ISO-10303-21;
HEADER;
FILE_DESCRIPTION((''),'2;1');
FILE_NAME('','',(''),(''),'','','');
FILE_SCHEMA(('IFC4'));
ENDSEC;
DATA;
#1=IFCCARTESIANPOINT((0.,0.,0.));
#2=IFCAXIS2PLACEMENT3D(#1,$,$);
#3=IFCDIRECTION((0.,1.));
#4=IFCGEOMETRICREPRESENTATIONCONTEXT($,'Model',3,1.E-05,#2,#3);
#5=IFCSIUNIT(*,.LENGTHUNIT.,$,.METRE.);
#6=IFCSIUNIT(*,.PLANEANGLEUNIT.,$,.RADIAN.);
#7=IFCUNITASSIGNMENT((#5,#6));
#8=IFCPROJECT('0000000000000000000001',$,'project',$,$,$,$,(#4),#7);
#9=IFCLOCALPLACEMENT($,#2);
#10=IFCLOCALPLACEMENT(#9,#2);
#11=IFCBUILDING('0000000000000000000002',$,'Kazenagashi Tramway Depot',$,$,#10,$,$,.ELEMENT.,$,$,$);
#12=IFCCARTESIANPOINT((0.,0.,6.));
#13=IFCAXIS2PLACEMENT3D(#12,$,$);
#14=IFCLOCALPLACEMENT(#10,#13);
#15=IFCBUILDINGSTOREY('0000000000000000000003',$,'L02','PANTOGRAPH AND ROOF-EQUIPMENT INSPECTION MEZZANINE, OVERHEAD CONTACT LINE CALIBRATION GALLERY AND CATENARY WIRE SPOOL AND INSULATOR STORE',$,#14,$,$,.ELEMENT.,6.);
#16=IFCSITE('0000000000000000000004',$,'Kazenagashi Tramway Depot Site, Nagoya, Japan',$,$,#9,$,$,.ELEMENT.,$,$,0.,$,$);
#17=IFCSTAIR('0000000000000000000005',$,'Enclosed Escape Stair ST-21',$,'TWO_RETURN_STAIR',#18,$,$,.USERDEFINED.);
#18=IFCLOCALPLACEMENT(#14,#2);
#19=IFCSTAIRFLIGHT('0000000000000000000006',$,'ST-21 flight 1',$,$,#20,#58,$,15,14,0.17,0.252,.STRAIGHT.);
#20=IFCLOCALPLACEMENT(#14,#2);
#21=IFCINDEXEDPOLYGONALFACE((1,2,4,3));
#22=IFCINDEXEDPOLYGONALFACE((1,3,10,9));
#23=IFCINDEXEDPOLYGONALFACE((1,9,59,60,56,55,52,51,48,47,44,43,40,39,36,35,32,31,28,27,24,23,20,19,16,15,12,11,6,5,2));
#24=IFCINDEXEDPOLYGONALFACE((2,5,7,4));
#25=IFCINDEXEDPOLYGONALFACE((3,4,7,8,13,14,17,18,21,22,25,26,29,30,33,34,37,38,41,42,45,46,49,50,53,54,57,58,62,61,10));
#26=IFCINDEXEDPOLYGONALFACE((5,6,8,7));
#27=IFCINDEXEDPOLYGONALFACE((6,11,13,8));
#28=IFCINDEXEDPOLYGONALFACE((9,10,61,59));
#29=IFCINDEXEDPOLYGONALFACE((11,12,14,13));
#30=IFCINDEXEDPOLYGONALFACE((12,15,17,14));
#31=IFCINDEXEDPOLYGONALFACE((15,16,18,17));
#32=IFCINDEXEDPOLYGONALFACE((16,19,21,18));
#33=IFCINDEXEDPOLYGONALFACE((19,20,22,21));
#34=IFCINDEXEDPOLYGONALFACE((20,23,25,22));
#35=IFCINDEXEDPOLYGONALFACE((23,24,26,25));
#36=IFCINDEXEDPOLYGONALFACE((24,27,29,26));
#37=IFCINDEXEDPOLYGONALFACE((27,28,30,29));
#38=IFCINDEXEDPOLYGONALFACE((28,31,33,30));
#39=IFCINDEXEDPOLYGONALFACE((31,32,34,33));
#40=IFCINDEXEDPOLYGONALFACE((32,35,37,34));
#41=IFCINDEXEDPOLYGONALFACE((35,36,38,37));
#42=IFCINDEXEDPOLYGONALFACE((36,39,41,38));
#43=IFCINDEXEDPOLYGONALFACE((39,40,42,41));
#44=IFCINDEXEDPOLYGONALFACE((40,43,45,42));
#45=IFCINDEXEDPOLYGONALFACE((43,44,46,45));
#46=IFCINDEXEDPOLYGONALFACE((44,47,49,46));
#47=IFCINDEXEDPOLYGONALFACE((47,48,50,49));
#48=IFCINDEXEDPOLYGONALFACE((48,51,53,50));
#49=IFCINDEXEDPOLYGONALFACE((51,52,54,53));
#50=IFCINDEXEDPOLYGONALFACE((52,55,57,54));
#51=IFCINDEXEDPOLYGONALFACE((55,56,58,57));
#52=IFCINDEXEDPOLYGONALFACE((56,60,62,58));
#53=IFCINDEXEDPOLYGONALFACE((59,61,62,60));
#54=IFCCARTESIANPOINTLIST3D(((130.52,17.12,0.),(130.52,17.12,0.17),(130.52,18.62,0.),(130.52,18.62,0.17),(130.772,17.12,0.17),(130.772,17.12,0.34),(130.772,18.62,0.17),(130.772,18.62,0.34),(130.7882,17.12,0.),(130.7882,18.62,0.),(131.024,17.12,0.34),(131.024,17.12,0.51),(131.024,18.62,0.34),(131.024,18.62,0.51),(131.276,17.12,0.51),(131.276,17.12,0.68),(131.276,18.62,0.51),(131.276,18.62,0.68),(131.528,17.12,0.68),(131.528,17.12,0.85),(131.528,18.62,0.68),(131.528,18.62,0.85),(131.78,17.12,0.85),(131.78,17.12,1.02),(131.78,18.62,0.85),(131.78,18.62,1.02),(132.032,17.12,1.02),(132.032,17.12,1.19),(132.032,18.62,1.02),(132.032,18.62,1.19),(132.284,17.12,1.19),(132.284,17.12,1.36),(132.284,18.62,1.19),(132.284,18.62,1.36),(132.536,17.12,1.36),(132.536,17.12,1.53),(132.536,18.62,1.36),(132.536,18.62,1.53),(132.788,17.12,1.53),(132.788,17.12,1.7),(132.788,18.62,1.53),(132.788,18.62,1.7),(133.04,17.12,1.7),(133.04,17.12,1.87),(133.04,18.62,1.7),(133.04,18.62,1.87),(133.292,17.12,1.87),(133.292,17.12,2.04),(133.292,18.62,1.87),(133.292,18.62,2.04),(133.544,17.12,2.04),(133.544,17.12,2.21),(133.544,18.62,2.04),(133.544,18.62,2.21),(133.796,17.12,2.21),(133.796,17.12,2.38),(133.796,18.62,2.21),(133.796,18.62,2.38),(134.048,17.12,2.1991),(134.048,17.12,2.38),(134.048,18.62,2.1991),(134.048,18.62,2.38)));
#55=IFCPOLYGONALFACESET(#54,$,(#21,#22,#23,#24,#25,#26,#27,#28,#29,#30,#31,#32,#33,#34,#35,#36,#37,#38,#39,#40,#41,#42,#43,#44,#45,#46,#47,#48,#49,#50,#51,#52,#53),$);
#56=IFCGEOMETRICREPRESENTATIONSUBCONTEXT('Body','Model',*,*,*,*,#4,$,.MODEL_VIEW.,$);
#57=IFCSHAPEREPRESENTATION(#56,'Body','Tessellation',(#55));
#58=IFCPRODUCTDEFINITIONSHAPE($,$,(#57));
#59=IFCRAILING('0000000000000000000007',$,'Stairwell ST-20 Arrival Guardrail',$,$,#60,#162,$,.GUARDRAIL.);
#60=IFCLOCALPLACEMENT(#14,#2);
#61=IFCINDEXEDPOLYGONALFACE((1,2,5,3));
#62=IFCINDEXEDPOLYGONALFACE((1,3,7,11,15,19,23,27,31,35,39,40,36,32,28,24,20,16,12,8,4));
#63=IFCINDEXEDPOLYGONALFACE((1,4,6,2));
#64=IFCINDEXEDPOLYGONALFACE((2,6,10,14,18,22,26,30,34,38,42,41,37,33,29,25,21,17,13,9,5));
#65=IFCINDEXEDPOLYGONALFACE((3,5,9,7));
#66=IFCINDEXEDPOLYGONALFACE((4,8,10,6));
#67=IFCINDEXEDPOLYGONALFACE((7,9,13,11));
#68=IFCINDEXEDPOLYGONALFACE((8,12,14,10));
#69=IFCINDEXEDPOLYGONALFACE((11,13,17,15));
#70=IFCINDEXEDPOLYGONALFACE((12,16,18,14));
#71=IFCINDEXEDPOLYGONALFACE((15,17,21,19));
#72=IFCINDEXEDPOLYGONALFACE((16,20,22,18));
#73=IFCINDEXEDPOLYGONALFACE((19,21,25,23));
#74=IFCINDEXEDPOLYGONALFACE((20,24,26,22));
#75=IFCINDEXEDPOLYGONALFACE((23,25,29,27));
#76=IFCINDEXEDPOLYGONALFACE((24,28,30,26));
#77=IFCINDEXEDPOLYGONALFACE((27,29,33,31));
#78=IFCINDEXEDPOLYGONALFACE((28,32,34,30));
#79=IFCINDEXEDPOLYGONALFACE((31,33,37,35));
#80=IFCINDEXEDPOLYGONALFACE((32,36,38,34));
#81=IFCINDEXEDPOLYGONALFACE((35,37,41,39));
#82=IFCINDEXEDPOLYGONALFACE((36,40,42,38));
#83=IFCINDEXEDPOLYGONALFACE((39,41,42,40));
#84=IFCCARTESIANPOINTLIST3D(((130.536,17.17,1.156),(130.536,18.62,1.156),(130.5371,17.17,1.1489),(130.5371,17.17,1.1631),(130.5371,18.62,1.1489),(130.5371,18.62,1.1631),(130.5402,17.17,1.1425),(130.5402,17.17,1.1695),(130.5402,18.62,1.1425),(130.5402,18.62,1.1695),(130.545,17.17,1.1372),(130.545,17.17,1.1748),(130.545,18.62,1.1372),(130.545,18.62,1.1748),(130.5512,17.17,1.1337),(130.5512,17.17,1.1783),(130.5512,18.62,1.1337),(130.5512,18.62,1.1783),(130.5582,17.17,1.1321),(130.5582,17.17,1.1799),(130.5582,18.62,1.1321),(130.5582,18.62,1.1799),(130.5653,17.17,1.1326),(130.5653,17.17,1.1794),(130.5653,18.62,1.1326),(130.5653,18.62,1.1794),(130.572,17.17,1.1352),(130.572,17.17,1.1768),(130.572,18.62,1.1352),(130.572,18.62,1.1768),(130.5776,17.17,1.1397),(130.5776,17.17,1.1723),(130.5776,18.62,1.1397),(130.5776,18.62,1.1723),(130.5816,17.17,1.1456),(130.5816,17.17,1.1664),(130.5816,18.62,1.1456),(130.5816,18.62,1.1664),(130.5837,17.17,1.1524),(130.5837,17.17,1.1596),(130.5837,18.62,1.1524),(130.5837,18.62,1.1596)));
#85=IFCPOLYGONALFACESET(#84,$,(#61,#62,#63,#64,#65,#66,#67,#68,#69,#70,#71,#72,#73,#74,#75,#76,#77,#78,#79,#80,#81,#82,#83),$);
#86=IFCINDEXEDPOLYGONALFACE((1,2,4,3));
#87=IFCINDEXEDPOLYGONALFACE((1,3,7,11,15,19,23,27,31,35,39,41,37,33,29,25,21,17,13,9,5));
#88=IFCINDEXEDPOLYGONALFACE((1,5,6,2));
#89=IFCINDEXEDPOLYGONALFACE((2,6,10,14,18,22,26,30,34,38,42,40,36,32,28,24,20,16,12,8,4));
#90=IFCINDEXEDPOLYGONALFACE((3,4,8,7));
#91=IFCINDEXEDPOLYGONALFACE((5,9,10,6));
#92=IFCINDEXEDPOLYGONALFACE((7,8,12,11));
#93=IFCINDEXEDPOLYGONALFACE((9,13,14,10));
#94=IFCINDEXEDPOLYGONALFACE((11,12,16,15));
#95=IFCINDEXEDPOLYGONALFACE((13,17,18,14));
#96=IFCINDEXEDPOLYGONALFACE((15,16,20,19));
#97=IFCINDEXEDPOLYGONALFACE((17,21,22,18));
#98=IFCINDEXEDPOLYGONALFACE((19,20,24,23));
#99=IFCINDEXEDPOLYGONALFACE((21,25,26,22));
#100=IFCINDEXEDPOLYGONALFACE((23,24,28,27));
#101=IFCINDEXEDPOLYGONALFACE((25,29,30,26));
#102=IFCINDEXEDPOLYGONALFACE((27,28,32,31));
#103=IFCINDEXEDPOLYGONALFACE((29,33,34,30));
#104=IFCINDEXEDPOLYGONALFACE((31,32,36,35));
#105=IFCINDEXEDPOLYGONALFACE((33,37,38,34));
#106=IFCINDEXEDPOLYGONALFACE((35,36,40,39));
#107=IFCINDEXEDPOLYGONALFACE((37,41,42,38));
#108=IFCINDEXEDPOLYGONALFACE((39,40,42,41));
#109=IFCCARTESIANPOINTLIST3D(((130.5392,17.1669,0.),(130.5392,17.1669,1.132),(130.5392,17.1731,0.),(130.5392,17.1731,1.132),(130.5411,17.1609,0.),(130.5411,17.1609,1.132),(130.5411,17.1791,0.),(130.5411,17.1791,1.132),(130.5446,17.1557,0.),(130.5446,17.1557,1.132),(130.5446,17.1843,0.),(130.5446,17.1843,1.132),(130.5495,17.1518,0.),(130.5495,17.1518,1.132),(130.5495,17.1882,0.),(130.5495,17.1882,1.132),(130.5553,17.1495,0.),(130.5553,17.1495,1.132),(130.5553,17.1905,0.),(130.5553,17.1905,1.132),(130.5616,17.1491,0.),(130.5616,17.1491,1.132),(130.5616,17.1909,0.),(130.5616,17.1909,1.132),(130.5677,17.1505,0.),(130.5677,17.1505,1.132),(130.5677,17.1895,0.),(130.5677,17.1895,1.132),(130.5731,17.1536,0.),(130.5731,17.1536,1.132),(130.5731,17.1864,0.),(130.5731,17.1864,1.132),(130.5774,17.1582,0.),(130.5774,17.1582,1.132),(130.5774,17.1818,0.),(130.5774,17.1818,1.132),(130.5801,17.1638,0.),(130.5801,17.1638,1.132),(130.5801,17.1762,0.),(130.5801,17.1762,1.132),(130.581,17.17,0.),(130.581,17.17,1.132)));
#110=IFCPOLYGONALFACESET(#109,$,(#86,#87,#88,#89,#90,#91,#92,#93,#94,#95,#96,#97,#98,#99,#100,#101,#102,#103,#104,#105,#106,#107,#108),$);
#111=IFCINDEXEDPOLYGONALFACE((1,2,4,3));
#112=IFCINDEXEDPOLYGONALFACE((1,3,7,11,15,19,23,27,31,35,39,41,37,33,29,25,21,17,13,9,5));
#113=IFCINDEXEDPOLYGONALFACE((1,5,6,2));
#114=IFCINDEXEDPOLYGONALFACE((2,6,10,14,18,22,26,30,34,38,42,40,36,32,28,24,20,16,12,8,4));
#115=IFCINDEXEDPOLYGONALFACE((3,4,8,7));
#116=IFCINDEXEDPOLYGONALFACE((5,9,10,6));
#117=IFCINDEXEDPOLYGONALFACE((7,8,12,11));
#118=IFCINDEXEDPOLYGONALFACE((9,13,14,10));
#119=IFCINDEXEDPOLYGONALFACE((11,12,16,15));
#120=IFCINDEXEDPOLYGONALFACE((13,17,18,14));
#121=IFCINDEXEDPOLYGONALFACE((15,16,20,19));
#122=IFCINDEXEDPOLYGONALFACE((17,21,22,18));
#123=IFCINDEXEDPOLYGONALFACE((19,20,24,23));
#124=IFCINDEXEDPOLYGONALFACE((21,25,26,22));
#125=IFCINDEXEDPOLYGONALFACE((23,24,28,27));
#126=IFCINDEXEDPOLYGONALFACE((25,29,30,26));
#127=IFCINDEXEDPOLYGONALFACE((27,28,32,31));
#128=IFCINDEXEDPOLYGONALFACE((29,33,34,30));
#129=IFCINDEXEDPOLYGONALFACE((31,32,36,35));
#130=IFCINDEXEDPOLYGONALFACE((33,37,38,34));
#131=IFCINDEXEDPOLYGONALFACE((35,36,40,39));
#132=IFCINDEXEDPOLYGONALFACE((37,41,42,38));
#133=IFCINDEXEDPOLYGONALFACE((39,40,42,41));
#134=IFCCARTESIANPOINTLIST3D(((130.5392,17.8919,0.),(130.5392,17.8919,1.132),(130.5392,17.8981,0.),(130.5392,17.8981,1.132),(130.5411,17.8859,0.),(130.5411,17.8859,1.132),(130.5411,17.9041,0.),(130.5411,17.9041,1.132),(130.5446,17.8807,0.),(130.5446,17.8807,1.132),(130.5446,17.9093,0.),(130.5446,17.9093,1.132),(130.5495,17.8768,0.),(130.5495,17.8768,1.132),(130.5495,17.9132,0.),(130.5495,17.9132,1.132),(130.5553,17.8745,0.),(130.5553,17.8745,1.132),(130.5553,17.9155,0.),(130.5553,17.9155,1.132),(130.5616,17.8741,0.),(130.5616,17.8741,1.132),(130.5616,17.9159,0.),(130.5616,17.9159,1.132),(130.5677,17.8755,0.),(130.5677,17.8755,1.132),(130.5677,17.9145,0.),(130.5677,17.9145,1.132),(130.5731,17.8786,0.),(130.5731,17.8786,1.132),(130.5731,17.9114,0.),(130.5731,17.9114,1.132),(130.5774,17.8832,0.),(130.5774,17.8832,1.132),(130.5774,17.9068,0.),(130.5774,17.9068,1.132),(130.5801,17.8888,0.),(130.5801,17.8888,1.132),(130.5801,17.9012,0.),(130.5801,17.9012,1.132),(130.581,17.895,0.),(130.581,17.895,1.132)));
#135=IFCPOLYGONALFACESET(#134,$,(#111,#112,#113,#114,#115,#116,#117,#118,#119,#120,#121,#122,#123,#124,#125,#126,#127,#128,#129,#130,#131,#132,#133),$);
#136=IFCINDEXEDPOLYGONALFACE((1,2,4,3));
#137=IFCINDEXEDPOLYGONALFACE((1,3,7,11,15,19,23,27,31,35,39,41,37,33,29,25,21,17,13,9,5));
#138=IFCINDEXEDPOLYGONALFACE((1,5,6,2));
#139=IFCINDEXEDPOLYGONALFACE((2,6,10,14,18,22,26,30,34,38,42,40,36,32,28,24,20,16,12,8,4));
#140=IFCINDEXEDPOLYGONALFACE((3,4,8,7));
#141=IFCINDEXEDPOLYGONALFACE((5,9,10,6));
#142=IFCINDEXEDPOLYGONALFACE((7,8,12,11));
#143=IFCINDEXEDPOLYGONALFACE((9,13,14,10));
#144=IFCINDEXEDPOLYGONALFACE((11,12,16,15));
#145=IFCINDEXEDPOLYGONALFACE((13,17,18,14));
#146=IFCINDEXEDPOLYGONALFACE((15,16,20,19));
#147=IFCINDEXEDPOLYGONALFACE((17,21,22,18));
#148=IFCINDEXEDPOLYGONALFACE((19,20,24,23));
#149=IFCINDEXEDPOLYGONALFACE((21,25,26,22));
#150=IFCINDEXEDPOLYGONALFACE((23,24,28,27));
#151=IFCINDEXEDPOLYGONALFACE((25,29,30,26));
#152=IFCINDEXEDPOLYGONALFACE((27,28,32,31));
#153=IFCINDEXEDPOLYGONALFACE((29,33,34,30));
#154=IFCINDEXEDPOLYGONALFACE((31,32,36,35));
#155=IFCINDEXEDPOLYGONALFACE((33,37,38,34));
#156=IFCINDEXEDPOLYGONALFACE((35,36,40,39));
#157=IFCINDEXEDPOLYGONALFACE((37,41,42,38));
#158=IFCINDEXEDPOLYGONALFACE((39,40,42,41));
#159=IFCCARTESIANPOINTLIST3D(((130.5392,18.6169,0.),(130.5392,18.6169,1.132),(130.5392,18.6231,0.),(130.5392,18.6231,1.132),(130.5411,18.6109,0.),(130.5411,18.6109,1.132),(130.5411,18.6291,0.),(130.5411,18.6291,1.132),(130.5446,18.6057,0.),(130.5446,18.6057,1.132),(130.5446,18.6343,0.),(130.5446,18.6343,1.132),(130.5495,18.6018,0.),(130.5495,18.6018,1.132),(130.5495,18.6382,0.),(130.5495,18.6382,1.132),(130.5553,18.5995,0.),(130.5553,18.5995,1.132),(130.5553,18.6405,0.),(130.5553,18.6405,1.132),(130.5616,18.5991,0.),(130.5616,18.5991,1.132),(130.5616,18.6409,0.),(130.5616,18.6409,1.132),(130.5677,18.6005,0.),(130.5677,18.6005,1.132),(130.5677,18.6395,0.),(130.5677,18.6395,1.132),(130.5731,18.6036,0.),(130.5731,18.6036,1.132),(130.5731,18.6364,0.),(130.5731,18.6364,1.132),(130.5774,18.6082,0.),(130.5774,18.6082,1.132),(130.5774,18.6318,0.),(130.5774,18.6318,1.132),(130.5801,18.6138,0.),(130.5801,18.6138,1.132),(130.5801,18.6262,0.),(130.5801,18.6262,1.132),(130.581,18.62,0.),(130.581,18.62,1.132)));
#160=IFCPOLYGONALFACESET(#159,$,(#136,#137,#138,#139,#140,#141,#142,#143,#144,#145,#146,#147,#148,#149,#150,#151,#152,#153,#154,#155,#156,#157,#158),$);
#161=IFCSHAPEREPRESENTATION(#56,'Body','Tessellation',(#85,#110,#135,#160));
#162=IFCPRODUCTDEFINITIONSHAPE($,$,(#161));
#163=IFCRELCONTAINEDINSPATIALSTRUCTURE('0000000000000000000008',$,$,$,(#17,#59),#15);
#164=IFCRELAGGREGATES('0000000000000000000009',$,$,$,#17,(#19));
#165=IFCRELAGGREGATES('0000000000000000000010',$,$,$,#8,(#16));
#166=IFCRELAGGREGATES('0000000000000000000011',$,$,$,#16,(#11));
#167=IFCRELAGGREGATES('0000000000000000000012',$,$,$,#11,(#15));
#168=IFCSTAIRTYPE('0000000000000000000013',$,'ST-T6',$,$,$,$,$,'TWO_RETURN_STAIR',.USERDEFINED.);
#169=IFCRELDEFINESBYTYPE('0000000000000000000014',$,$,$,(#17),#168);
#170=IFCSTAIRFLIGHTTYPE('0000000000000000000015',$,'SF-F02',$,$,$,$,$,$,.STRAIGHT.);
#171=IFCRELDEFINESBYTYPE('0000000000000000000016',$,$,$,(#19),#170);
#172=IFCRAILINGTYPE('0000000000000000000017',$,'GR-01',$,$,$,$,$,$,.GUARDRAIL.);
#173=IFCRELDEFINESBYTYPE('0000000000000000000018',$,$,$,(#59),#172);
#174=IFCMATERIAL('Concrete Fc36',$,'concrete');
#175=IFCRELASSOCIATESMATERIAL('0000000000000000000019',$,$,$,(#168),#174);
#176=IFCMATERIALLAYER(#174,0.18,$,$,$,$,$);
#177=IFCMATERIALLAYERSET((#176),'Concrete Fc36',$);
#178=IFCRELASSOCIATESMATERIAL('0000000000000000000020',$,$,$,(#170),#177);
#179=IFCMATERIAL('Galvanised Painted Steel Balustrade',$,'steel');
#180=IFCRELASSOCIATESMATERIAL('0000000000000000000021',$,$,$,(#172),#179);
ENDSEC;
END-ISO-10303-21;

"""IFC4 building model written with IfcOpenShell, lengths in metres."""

from ifc_helpers import new_model, si_unit, direction, frame, origin, origin_2d, place, context, subcontext, project, spatial, polyline, circle, outline, extrude, material, layer, layer_set, type_object, element, aggregate, save


model = new_model("IFC4")

# Units and contexts
model_context = context("Model", 3, precision=1e-05, world=origin(), true_north=direction((0.0, 1.0)))
body_context = subcontext(model_context, "Body", "Model", "MODEL_VIEW")
ifc_project = project(units=[si_unit("LENGTHUNIT", "METRE"), si_unit("PLANEANGLEUNIT", "RADIAN")], contexts=[model_context])

# Site, building, storey
site_placement = place(None, origin())
site = spatial("IfcSite", under=ifc_project, at=site_placement, Name="Kazenagashi Tramway Depot Site, Nagoya, Japan", CompositionType="ELEMENT", RefElevation=0.0)
building_placement = place(site_placement, origin())
building = spatial("IfcBuilding", under=site, at=building_placement, Name="Kazenagashi Tramway Depot", CompositionType="ELEMENT")
storey_placement = place(building_placement, frame((0.0, 0.0, 6.0)))
storey = spatial("IfcBuildingStorey", under=building, at=storey_placement, Name="L02", Description="PANTOGRAPH AND ROOF-EQUIPMENT INSPECTION MEZZANINE, OVERHEAD CONTACT LINE CALIBRATION GALLERY AND CATENARY WIRE SPOOL AND INSULATOR STORE", CompositionType="ELEMENT", Elevation=6.0)

# Shared definitions
ifc_material_1 = material(Name="Concrete Fc36", Category="concrete")

# Stair, stair flight
stair_type = type_object("IfcStairType", Name="ST-T6", ElementType="TWO_RETURN_STAIR", PredefinedType="USERDEFINED", material=ifc_material_1)
stair_placement = place(storey_placement, origin())
stair = element("IfcStair", 1, at=stair_placement, inside=storey, type_object=stair_type, Name="Enclosed Escape Stair ST-21", ObjectType="TWO_RETURN_STAIR", PredefinedType="USERDEFINED")
ifc_layer_1 = layer(ifc_material_1, 0.18)
ifc_layer_set_1 = layer_set([ifc_layer_1], Name="Concrete Fc36")
stair_flight_type = type_object("IfcStairFlightType", Name="SF-F02", PredefinedType="STRAIGHT", material=ifc_layer_set_1)
stair_flight_placement = place(storey_placement, frame((130.52, 17.87, 0.0), z_axis=(0.0, 0.0, 1.0), x_axis=(1.0, 0.0, 0.0)))
stair_flight = element("IfcStairFlight", 2, at=stair_flight_placement, type_object=stair_flight_type, Name="ST-21 flight 1", NumberOfRisers=15, NumberOfTreads=14, PredefinedType="STRAIGHT", RiserHeight=0.17, TreadLength=0.252, context=body_context, shape_type="SweptSolid", body=[
    extrude(outline(polyline([(0.0, 0.0), (0.0, 0.17), (0.252, 0.17), (0.252, 0.34), (0.504, 0.34), (0.504, 0.51), (0.756, 0.51), (0.756, 0.68), (1.008, 0.68), (1.008, 0.85), (1.26, 0.85), (1.26, 1.02), (1.512, 1.02), (1.512, 1.19), (1.764, 1.19), (1.764, 1.36), (2.016, 1.36), (2.016, 1.53), (2.268, 1.53), (2.268, 1.7), (2.52, 1.7), (2.52, 1.87), (2.772, 1.87), (2.772, 2.04), (3.024, 2.04), (3.024, 2.21), (3.276, 2.21), (3.276, 2.38), (3.528, 2.38), (3.528, 2.55), (3.528, 2.1991), (0.2682, 0.0), (0.0, 0.0)])), frame((0.0, 0.75, 0.0), z_axis=(0.0, -1.0, 0.0), x_axis=(1.0, 0.0, 0.0)), (0.0, 0.0, 1.0), 1.5),
])
aggregate(stair, [stair_flight])

# Railing
ifc_material_2 = material(Name="Galvanised Painted Steel Balustrade", Category="steel")
railing_type_1 = type_object("IfcRailingType", Name="GR-01", PredefinedType="GUARDRAIL", material=ifc_material_2)
railing_1_placement = place(storey_placement, frame((130.56, 17.17, 0.0)))
element("IfcRailing", 3, at=railing_1_placement, inside=storey, type_object=railing_type_1, Name="Stairwell ST-20 Arrival Guardrail", PredefinedType="GUARDRAIL", context=body_context, shape_type="SweptSolid", body=[
    extrude(circle(Radius=0.024, at=origin_2d()), frame((0.0, 0.0, 1.156), z_axis=(0.0, 1.0, 0.0), x_axis=(-1.0, 0.0, 0.0)), (0.0, 0.0, 1.0), 1.45),
    extrude(circle(Radius=0.021, at=origin_2d()), origin(), (0.0, 0.0, 1.0), 1.132),
    extrude(circle(Radius=0.021, at=origin_2d()), frame((0.0, 0.725, 0.0)), (0.0, 0.0, 1.0), 1.132),
    extrude(circle(Radius=0.021, at=origin_2d()), frame((0.0, 1.45, 0.0)), (0.0, 0.0, 1.0), 1.132),
])

save(model, "model.ifc")
